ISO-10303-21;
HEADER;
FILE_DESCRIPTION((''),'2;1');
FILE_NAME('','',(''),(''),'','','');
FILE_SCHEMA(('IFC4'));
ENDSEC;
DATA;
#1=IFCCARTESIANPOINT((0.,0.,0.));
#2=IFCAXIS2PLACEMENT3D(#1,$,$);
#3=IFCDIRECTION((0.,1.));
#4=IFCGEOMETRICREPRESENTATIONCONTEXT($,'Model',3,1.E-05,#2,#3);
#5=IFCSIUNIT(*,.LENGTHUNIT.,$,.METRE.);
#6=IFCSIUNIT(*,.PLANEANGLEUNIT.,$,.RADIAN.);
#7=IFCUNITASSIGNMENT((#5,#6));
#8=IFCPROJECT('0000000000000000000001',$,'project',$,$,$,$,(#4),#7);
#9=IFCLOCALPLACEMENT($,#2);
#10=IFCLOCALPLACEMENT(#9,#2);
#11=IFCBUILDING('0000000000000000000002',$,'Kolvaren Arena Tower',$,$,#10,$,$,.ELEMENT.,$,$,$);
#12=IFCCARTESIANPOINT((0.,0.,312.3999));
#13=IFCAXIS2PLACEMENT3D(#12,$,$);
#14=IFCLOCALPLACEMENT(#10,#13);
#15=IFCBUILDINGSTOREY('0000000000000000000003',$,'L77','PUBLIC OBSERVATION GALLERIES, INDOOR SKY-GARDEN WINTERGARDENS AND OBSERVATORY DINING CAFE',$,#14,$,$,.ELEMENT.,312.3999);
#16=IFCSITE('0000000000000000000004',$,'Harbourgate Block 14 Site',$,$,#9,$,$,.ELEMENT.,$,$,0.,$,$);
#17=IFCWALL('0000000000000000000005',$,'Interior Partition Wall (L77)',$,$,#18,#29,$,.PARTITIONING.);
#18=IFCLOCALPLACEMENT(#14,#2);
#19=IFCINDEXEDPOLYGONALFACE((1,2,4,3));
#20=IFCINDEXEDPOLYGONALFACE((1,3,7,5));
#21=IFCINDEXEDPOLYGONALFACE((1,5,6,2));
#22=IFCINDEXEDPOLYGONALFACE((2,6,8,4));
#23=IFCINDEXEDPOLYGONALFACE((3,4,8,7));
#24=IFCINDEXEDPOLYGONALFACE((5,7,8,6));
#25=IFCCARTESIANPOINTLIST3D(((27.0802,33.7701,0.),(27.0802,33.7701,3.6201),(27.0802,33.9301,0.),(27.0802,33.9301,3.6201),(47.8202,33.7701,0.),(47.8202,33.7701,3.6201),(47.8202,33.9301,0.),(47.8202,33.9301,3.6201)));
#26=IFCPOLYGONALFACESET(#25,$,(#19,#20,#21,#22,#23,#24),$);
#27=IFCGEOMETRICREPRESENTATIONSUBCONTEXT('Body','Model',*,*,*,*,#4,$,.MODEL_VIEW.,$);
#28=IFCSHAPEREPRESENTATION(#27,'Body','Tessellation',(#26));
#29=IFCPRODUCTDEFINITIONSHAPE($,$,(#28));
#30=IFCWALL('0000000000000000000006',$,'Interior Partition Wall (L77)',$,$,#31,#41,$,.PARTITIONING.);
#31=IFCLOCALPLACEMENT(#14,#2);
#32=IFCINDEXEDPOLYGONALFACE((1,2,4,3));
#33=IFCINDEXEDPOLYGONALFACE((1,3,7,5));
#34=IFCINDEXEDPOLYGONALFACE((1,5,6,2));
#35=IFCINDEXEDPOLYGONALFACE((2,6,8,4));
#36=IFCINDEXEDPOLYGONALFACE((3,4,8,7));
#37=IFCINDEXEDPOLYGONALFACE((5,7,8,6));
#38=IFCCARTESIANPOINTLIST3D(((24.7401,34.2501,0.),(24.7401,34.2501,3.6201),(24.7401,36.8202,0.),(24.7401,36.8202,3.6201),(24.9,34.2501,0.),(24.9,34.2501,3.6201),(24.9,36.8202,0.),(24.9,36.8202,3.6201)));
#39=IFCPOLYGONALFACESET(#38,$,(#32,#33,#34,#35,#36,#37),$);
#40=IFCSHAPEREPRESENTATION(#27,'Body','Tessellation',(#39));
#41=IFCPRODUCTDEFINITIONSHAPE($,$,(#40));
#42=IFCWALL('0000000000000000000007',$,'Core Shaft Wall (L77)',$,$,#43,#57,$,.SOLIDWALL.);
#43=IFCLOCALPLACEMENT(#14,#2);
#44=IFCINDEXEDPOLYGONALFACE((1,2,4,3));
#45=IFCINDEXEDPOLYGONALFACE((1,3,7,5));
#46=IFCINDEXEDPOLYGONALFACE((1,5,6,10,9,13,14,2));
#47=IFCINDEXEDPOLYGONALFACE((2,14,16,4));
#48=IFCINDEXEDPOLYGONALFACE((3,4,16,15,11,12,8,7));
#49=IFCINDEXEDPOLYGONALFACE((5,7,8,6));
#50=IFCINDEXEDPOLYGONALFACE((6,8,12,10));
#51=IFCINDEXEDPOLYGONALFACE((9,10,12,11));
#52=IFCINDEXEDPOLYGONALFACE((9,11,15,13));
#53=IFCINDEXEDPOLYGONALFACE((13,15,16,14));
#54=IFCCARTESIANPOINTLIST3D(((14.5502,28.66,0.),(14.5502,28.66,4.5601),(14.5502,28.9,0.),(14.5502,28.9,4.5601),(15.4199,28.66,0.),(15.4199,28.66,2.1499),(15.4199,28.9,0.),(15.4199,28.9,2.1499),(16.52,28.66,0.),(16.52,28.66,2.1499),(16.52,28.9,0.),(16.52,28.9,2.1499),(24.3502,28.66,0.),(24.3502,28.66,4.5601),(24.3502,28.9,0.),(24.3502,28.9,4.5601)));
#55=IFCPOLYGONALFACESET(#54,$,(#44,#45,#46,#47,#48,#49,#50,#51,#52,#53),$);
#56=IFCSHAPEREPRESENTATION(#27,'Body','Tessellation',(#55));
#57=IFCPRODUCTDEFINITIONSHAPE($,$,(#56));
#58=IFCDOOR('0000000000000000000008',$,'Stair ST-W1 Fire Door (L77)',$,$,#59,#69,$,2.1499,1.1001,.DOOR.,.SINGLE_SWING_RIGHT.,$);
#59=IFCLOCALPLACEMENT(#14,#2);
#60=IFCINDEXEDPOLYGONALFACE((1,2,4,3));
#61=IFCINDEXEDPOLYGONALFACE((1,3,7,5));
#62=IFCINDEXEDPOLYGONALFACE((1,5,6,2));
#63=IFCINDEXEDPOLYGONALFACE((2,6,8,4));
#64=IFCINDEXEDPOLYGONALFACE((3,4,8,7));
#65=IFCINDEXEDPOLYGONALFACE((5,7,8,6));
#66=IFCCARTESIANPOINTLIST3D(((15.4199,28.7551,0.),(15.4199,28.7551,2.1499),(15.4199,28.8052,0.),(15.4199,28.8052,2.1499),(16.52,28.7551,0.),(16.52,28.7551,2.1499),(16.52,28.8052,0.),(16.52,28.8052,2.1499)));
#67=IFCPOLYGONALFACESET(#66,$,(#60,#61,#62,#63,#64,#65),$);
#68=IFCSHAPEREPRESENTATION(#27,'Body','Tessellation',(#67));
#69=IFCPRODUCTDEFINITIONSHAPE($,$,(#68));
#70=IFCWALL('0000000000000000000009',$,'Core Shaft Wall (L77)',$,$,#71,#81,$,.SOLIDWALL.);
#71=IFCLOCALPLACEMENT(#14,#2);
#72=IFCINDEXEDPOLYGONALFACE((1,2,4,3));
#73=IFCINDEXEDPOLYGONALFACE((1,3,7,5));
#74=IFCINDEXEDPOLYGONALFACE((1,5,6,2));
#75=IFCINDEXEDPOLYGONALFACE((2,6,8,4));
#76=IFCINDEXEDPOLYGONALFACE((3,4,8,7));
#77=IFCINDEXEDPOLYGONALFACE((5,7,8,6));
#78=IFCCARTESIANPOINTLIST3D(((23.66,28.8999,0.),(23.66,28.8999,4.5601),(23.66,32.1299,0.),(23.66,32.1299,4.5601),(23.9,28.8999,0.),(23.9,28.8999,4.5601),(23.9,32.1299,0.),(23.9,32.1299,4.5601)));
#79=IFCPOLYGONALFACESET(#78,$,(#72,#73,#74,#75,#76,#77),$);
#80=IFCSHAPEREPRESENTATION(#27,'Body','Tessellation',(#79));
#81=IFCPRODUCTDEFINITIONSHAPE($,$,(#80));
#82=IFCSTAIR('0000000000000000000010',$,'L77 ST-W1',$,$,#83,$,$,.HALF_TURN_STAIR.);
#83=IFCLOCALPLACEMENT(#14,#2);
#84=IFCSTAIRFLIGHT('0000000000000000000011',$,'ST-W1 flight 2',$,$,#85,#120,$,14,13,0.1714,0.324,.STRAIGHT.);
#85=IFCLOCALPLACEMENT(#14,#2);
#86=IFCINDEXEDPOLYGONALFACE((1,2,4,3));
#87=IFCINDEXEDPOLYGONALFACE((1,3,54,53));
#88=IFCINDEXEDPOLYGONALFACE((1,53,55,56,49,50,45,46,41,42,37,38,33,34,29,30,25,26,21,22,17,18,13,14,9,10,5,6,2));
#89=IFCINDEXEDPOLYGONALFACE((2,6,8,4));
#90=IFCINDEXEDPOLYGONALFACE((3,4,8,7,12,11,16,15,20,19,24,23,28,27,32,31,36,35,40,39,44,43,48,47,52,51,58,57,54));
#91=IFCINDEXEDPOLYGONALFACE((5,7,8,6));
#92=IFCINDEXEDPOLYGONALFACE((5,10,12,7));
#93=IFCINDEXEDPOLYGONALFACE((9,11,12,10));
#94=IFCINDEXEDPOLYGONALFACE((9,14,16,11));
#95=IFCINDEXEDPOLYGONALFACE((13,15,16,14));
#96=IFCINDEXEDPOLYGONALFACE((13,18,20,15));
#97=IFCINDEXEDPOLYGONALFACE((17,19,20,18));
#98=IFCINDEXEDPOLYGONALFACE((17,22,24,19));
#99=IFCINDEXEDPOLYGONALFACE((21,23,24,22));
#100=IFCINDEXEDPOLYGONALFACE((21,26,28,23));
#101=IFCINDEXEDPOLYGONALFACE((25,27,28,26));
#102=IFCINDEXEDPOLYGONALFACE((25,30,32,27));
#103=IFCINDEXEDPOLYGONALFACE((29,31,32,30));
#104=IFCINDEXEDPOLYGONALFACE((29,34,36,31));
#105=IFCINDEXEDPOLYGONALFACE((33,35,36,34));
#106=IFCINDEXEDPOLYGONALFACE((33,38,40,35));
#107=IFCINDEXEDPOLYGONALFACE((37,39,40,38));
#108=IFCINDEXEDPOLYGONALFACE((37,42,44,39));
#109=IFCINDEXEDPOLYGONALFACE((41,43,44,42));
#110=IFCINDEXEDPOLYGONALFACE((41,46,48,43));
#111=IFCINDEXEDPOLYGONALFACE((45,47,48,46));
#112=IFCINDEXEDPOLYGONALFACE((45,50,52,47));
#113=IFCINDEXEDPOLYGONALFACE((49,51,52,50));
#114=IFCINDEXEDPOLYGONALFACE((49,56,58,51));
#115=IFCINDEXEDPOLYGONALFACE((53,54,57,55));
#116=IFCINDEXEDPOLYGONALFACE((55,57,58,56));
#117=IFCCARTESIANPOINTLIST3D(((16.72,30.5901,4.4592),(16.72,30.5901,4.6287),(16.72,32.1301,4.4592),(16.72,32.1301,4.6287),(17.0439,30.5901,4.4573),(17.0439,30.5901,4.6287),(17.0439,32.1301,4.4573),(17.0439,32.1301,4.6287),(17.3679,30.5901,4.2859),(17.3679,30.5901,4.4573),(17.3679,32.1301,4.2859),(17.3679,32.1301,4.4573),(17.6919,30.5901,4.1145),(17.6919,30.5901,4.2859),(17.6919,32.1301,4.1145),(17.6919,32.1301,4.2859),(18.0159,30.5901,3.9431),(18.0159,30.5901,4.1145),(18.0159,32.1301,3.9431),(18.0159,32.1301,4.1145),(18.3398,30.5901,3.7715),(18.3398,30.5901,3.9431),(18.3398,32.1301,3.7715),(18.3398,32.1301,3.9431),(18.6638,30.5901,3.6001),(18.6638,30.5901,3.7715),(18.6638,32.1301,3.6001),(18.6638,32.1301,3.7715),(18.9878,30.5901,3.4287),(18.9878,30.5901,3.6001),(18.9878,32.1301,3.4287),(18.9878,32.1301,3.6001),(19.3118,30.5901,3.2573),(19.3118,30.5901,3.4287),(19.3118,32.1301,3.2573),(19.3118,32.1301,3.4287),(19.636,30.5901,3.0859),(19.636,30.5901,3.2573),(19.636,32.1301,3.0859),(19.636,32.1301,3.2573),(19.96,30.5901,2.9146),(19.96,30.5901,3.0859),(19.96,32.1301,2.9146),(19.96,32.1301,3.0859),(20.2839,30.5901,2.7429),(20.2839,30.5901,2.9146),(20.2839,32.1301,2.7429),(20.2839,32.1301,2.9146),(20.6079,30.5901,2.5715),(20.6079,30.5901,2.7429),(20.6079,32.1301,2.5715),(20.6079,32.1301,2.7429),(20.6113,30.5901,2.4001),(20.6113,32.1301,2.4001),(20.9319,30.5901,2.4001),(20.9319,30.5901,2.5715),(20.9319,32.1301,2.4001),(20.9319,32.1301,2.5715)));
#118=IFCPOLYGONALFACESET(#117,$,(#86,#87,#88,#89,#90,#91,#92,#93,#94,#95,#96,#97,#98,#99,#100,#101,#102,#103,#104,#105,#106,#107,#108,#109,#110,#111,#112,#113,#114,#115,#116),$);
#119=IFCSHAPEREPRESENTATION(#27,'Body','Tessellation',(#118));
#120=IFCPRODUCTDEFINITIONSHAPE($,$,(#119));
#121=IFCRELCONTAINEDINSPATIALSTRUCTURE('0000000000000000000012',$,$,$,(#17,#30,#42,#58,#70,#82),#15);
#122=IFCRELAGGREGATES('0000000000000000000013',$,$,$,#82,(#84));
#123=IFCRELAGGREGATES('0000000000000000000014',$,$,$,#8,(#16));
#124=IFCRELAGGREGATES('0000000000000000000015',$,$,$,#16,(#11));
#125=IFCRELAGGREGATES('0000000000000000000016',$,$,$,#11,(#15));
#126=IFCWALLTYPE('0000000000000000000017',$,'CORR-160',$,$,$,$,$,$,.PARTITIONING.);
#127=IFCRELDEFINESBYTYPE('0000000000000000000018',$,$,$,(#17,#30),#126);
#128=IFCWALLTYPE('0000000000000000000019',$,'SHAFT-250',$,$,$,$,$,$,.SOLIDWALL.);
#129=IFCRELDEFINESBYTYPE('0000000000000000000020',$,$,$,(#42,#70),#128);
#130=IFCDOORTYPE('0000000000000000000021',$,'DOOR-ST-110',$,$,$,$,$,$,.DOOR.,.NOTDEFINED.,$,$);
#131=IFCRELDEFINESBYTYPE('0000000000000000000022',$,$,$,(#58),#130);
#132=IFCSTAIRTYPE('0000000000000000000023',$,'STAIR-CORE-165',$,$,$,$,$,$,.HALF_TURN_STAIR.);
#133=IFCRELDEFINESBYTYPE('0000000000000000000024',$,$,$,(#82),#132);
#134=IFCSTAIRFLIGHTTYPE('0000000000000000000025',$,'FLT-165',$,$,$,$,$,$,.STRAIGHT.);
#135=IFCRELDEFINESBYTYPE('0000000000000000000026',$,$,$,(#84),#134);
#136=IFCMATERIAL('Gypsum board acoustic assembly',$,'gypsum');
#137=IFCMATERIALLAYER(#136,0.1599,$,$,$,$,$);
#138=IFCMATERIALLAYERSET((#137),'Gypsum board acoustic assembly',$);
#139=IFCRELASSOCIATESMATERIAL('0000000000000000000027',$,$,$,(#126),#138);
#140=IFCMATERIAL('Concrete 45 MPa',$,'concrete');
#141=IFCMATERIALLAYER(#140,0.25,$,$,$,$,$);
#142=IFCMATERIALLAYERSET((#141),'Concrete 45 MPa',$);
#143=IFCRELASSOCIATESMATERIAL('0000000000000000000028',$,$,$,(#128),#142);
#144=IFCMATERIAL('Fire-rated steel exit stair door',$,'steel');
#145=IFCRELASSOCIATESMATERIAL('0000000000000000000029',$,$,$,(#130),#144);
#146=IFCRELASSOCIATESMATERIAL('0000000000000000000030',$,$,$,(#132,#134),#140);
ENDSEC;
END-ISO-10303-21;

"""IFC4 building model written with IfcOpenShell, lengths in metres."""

from ifc_helpers import new_model, si_unit, direction, frame, frame_2d, origin, place, context, subcontext, project, spatial, polyline, rectangle, outline, extrude, material, layer, layer_set, type_object, element, fill, aggregate, save


model = new_model("IFC4")

# Units and contexts
model_context = context("Model", 3, precision=1e-05, world=origin(), true_north=direction((0.0, 1.0)))
body_context = subcontext(model_context, "Body", "Model", "MODEL_VIEW")
ifc_project = project(units=[si_unit("LENGTHUNIT", "METRE"), si_unit("PLANEANGLEUNIT", "RADIAN")], contexts=[model_context])

# Site, building, storey
site_placement = place(None, origin())
site = spatial("IfcSite", under=ifc_project, at=site_placement, Name="Harbourgate Block 14 Site", CompositionType="ELEMENT", RefElevation=0.0)
building_placement = place(site_placement, origin())
building = spatial("IfcBuilding", under=site, at=building_placement, Name="Kolvaren Arena Tower", CompositionType="ELEMENT")
storey_placement = place(building_placement, frame((0.0, 0.0, 312.3999)))
storey = spatial("IfcBuildingStorey", under=building, at=storey_placement, Name="L77", Description="PUBLIC OBSERVATION GALLERIES, INDOOR SKY-GARDEN WINTERGARDENS AND OBSERVATORY DINING CAFE", CompositionType="ELEMENT", Elevation=312.3999)

# Walls
ifc_material_1 = material(Name="Gypsum board acoustic assembly", Category="gypsum")
ifc_layer_1 = layer(ifc_material_1, 0.1599)
ifc_layer_set_1 = layer_set([ifc_layer_1], Name="Gypsum board acoustic assembly")
wall_type_1 = type_object("IfcWallType", Name="CORR-160", PredefinedType="PARTITIONING", material=ifc_layer_set_1)
wall_1_placement = place(storey_placement, frame((27.0801, 33.8501, 0.0), z_axis=(0.0, 0.0, 1.0), x_axis=(1.0, 0.0, 0.0)))
element("IfcWall", 1, at=wall_1_placement, inside=storey, type_object=wall_type_1, Name="Interior Partition Wall (L77)", PredefinedType="PARTITIONING", context=body_context, shape_type="SweptSolid", body=[
    extrude(rectangle(XDim=20.74, YDim=0.1599, at=frame_2d((10.3701, 0.0))), origin(), (0.0, 0.0, 1.0), 3.6201),
])
wall_2_placement = place(storey_placement, frame((24.8201, 34.25, 0.0), z_axis=(0.0, 0.0, 1.0), x_axis=(0.0, 1.0, 0.0)))
element("IfcWall", 2, at=wall_2_placement, inside=storey, type_object=wall_type_1, Name="Interior Partition Wall (L77)", PredefinedType="PARTITIONING", context=body_context, shape_type="SweptSolid", body=[
    extrude(rectangle(XDim=2.5701, YDim=0.1599, at=frame_2d((1.2852, 0.0))), origin(), (0.0, 0.0, 1.0), 3.6201),
])

# Wall, opening, door
ifc_material_2 = material(Name="Concrete 45 MPa", Category="concrete")
ifc_layer_2 = layer(ifc_material_2, 0.25)
ifc_layer_set_2 = layer_set([ifc_layer_2], Name="Concrete 45 MPa")
wall_type_2 = type_object("IfcWallType", Name="SHAFT-250", PredefinedType="SOLIDWALL", material=ifc_layer_set_2)
wall_3_placement = place(storey_placement, frame((24.3501, 28.78, 0.0), z_axis=(0.0, 0.0, 1.0), x_axis=(-1.0, 0.0, 0.0)))
wall_3 = element("IfcWall", 3, at=wall_3_placement, inside=storey, type_object=wall_type_2, Name="Core Shaft Wall (L77)", PredefinedType="SOLIDWALL", context=body_context, shape_type="SweptSolid", body=[
    extrude(rectangle(XDim=9.8, YDim=0.24, at=frame_2d((4.8999, 0.0))), origin(), (0.0, 0.0, 1.0), 4.5601),
])
opening_placement = place(wall_3_placement, frame((7.8301, 0.0, 0.0)))
opening = element("IfcOpeningElement", 4, at=opening_placement, cuts=wall_3, PredefinedType="OPENING", context=body_context, shape_type="SweptSolid", body=[
    extrude(rectangle(XDim=1.1001, YDim=2.1499, at=frame_2d((0.55, 1.075))), frame((0.0, 0.1299, 0.0), z_axis=(0.0, -1.0, 0.0), x_axis=(1.0, 0.0, 0.0)), (0.0, 0.0, 1.0), 0.26),
])
ifc_material_3 = material(Name="Fire-rated steel exit stair door", Category="steel")
door_type = type_object("IfcDoorType", Name="DOOR-ST-110", OperationType="NOTDEFINED", PredefinedType="DOOR", material=ifc_material_3)
door_placement = place(opening_placement, origin())
door = element("IfcDoor", 5, at=door_placement, inside=storey, type_object=door_type, Name="Stair ST-W1 Fire Door (L77)", OperationType="SINGLE_SWING_RIGHT", OverallHeight=2.1499, OverallWidth=1.1001, PredefinedType="DOOR", context=body_context, shape_type="SweptSolid", body=[
    extrude(rectangle(XDim=1.1001, YDim=2.1499, at=frame_2d((0.55, 1.075))), frame((0.0, 0.0249, 0.0), z_axis=(0.0, -1.0, 0.0), x_axis=(1.0, 0.0, 0.0)), (0.0, 0.0, 1.0), 0.05),
])
fill(opening, door)

# Wall
wall_4_placement = place(storey_placement, frame((23.78, 28.8999, 0.0), z_axis=(0.0, 0.0, 1.0), x_axis=(0.0, 1.0, 0.0)))
element("IfcWall", 6, at=wall_4_placement, inside=storey, type_object=wall_type_2, Name="Core Shaft Wall (L77)", PredefinedType="SOLIDWALL", context=body_context, shape_type="SweptSolid", body=[
    extrude(rectangle(XDim=3.23, YDim=0.24, at=frame_2d((1.615, 0.0))), origin(), (0.0, 0.0, 1.0), 4.5601),
])

# Stair, stair flight
stair_type = type_object("IfcStairType", Name="STAIR-CORE-165", PredefinedType="HALF_TURN_STAIR", material=ifc_material_2)
stair_placement = place(storey_placement, origin())
stair = element("IfcStair", 7, at=stair_placement, inside=storey, type_object=stair_type, Name="L77 ST-W1", PredefinedType="HALF_TURN_STAIR")
stair_flight_type = type_object("IfcStairFlightType", Name="FLT-165", PredefinedType="STRAIGHT", material=ifc_material_2)
stair_flight_placement = place(storey_placement, frame((20.9319, 31.3601, 2.4001), z_axis=(0.0, 0.0, 1.0), x_axis=(-1.0, 0.0, 0.0)))
stair_flight = element("IfcStairFlight", 8, at=stair_flight_placement, type_object=stair_flight_type, Name="ST-W1 flight 2", NumberOfRisers=14, NumberOfTreads=13, PredefinedType="STRAIGHT", RiserHeight=0.1714, TreadLength=0.324, context=body_context, shape_type="SweptSolid", body=[
    extrude(outline(polyline([(0.0, 0.0), (0.0, 0.1714), (0.324, 0.1714), (0.324, 0.3428), (0.6479, 0.3428), (0.6479, 0.5144), (0.9719, 0.5144), (0.9719, 0.6858), (1.2959, 0.6858), (1.2959, 0.8572), (1.6201, 0.8572), (1.6201, 1.0286), (1.9441, 1.0286), (1.9441, 1.2), (2.2681, 1.2), (2.2681, 1.3713), (2.592, 1.3713), (2.592, 1.543), (2.916, 1.543), (2.916, 1.7144), (3.24, 1.7144), (3.24, 1.8857), (3.564, 1.8857), (3.564, 2.0571), (3.8879, 2.0571), (3.8879, 2.2285), (4.2119, 2.2285), (4.2119, 2.3999), (4.2119, 2.0591), (0.3206, 0.0), (0.0, 0.0)])), frame((0.0, 0.77, 0.0), z_axis=(0.0, -1.0, 0.0), x_axis=(1.0, 0.0, 0.0)), (0.0, 0.0, 1.0), 1.54),
])
aggregate(stair, [stair_flight])

save(model, "model.ifc")
